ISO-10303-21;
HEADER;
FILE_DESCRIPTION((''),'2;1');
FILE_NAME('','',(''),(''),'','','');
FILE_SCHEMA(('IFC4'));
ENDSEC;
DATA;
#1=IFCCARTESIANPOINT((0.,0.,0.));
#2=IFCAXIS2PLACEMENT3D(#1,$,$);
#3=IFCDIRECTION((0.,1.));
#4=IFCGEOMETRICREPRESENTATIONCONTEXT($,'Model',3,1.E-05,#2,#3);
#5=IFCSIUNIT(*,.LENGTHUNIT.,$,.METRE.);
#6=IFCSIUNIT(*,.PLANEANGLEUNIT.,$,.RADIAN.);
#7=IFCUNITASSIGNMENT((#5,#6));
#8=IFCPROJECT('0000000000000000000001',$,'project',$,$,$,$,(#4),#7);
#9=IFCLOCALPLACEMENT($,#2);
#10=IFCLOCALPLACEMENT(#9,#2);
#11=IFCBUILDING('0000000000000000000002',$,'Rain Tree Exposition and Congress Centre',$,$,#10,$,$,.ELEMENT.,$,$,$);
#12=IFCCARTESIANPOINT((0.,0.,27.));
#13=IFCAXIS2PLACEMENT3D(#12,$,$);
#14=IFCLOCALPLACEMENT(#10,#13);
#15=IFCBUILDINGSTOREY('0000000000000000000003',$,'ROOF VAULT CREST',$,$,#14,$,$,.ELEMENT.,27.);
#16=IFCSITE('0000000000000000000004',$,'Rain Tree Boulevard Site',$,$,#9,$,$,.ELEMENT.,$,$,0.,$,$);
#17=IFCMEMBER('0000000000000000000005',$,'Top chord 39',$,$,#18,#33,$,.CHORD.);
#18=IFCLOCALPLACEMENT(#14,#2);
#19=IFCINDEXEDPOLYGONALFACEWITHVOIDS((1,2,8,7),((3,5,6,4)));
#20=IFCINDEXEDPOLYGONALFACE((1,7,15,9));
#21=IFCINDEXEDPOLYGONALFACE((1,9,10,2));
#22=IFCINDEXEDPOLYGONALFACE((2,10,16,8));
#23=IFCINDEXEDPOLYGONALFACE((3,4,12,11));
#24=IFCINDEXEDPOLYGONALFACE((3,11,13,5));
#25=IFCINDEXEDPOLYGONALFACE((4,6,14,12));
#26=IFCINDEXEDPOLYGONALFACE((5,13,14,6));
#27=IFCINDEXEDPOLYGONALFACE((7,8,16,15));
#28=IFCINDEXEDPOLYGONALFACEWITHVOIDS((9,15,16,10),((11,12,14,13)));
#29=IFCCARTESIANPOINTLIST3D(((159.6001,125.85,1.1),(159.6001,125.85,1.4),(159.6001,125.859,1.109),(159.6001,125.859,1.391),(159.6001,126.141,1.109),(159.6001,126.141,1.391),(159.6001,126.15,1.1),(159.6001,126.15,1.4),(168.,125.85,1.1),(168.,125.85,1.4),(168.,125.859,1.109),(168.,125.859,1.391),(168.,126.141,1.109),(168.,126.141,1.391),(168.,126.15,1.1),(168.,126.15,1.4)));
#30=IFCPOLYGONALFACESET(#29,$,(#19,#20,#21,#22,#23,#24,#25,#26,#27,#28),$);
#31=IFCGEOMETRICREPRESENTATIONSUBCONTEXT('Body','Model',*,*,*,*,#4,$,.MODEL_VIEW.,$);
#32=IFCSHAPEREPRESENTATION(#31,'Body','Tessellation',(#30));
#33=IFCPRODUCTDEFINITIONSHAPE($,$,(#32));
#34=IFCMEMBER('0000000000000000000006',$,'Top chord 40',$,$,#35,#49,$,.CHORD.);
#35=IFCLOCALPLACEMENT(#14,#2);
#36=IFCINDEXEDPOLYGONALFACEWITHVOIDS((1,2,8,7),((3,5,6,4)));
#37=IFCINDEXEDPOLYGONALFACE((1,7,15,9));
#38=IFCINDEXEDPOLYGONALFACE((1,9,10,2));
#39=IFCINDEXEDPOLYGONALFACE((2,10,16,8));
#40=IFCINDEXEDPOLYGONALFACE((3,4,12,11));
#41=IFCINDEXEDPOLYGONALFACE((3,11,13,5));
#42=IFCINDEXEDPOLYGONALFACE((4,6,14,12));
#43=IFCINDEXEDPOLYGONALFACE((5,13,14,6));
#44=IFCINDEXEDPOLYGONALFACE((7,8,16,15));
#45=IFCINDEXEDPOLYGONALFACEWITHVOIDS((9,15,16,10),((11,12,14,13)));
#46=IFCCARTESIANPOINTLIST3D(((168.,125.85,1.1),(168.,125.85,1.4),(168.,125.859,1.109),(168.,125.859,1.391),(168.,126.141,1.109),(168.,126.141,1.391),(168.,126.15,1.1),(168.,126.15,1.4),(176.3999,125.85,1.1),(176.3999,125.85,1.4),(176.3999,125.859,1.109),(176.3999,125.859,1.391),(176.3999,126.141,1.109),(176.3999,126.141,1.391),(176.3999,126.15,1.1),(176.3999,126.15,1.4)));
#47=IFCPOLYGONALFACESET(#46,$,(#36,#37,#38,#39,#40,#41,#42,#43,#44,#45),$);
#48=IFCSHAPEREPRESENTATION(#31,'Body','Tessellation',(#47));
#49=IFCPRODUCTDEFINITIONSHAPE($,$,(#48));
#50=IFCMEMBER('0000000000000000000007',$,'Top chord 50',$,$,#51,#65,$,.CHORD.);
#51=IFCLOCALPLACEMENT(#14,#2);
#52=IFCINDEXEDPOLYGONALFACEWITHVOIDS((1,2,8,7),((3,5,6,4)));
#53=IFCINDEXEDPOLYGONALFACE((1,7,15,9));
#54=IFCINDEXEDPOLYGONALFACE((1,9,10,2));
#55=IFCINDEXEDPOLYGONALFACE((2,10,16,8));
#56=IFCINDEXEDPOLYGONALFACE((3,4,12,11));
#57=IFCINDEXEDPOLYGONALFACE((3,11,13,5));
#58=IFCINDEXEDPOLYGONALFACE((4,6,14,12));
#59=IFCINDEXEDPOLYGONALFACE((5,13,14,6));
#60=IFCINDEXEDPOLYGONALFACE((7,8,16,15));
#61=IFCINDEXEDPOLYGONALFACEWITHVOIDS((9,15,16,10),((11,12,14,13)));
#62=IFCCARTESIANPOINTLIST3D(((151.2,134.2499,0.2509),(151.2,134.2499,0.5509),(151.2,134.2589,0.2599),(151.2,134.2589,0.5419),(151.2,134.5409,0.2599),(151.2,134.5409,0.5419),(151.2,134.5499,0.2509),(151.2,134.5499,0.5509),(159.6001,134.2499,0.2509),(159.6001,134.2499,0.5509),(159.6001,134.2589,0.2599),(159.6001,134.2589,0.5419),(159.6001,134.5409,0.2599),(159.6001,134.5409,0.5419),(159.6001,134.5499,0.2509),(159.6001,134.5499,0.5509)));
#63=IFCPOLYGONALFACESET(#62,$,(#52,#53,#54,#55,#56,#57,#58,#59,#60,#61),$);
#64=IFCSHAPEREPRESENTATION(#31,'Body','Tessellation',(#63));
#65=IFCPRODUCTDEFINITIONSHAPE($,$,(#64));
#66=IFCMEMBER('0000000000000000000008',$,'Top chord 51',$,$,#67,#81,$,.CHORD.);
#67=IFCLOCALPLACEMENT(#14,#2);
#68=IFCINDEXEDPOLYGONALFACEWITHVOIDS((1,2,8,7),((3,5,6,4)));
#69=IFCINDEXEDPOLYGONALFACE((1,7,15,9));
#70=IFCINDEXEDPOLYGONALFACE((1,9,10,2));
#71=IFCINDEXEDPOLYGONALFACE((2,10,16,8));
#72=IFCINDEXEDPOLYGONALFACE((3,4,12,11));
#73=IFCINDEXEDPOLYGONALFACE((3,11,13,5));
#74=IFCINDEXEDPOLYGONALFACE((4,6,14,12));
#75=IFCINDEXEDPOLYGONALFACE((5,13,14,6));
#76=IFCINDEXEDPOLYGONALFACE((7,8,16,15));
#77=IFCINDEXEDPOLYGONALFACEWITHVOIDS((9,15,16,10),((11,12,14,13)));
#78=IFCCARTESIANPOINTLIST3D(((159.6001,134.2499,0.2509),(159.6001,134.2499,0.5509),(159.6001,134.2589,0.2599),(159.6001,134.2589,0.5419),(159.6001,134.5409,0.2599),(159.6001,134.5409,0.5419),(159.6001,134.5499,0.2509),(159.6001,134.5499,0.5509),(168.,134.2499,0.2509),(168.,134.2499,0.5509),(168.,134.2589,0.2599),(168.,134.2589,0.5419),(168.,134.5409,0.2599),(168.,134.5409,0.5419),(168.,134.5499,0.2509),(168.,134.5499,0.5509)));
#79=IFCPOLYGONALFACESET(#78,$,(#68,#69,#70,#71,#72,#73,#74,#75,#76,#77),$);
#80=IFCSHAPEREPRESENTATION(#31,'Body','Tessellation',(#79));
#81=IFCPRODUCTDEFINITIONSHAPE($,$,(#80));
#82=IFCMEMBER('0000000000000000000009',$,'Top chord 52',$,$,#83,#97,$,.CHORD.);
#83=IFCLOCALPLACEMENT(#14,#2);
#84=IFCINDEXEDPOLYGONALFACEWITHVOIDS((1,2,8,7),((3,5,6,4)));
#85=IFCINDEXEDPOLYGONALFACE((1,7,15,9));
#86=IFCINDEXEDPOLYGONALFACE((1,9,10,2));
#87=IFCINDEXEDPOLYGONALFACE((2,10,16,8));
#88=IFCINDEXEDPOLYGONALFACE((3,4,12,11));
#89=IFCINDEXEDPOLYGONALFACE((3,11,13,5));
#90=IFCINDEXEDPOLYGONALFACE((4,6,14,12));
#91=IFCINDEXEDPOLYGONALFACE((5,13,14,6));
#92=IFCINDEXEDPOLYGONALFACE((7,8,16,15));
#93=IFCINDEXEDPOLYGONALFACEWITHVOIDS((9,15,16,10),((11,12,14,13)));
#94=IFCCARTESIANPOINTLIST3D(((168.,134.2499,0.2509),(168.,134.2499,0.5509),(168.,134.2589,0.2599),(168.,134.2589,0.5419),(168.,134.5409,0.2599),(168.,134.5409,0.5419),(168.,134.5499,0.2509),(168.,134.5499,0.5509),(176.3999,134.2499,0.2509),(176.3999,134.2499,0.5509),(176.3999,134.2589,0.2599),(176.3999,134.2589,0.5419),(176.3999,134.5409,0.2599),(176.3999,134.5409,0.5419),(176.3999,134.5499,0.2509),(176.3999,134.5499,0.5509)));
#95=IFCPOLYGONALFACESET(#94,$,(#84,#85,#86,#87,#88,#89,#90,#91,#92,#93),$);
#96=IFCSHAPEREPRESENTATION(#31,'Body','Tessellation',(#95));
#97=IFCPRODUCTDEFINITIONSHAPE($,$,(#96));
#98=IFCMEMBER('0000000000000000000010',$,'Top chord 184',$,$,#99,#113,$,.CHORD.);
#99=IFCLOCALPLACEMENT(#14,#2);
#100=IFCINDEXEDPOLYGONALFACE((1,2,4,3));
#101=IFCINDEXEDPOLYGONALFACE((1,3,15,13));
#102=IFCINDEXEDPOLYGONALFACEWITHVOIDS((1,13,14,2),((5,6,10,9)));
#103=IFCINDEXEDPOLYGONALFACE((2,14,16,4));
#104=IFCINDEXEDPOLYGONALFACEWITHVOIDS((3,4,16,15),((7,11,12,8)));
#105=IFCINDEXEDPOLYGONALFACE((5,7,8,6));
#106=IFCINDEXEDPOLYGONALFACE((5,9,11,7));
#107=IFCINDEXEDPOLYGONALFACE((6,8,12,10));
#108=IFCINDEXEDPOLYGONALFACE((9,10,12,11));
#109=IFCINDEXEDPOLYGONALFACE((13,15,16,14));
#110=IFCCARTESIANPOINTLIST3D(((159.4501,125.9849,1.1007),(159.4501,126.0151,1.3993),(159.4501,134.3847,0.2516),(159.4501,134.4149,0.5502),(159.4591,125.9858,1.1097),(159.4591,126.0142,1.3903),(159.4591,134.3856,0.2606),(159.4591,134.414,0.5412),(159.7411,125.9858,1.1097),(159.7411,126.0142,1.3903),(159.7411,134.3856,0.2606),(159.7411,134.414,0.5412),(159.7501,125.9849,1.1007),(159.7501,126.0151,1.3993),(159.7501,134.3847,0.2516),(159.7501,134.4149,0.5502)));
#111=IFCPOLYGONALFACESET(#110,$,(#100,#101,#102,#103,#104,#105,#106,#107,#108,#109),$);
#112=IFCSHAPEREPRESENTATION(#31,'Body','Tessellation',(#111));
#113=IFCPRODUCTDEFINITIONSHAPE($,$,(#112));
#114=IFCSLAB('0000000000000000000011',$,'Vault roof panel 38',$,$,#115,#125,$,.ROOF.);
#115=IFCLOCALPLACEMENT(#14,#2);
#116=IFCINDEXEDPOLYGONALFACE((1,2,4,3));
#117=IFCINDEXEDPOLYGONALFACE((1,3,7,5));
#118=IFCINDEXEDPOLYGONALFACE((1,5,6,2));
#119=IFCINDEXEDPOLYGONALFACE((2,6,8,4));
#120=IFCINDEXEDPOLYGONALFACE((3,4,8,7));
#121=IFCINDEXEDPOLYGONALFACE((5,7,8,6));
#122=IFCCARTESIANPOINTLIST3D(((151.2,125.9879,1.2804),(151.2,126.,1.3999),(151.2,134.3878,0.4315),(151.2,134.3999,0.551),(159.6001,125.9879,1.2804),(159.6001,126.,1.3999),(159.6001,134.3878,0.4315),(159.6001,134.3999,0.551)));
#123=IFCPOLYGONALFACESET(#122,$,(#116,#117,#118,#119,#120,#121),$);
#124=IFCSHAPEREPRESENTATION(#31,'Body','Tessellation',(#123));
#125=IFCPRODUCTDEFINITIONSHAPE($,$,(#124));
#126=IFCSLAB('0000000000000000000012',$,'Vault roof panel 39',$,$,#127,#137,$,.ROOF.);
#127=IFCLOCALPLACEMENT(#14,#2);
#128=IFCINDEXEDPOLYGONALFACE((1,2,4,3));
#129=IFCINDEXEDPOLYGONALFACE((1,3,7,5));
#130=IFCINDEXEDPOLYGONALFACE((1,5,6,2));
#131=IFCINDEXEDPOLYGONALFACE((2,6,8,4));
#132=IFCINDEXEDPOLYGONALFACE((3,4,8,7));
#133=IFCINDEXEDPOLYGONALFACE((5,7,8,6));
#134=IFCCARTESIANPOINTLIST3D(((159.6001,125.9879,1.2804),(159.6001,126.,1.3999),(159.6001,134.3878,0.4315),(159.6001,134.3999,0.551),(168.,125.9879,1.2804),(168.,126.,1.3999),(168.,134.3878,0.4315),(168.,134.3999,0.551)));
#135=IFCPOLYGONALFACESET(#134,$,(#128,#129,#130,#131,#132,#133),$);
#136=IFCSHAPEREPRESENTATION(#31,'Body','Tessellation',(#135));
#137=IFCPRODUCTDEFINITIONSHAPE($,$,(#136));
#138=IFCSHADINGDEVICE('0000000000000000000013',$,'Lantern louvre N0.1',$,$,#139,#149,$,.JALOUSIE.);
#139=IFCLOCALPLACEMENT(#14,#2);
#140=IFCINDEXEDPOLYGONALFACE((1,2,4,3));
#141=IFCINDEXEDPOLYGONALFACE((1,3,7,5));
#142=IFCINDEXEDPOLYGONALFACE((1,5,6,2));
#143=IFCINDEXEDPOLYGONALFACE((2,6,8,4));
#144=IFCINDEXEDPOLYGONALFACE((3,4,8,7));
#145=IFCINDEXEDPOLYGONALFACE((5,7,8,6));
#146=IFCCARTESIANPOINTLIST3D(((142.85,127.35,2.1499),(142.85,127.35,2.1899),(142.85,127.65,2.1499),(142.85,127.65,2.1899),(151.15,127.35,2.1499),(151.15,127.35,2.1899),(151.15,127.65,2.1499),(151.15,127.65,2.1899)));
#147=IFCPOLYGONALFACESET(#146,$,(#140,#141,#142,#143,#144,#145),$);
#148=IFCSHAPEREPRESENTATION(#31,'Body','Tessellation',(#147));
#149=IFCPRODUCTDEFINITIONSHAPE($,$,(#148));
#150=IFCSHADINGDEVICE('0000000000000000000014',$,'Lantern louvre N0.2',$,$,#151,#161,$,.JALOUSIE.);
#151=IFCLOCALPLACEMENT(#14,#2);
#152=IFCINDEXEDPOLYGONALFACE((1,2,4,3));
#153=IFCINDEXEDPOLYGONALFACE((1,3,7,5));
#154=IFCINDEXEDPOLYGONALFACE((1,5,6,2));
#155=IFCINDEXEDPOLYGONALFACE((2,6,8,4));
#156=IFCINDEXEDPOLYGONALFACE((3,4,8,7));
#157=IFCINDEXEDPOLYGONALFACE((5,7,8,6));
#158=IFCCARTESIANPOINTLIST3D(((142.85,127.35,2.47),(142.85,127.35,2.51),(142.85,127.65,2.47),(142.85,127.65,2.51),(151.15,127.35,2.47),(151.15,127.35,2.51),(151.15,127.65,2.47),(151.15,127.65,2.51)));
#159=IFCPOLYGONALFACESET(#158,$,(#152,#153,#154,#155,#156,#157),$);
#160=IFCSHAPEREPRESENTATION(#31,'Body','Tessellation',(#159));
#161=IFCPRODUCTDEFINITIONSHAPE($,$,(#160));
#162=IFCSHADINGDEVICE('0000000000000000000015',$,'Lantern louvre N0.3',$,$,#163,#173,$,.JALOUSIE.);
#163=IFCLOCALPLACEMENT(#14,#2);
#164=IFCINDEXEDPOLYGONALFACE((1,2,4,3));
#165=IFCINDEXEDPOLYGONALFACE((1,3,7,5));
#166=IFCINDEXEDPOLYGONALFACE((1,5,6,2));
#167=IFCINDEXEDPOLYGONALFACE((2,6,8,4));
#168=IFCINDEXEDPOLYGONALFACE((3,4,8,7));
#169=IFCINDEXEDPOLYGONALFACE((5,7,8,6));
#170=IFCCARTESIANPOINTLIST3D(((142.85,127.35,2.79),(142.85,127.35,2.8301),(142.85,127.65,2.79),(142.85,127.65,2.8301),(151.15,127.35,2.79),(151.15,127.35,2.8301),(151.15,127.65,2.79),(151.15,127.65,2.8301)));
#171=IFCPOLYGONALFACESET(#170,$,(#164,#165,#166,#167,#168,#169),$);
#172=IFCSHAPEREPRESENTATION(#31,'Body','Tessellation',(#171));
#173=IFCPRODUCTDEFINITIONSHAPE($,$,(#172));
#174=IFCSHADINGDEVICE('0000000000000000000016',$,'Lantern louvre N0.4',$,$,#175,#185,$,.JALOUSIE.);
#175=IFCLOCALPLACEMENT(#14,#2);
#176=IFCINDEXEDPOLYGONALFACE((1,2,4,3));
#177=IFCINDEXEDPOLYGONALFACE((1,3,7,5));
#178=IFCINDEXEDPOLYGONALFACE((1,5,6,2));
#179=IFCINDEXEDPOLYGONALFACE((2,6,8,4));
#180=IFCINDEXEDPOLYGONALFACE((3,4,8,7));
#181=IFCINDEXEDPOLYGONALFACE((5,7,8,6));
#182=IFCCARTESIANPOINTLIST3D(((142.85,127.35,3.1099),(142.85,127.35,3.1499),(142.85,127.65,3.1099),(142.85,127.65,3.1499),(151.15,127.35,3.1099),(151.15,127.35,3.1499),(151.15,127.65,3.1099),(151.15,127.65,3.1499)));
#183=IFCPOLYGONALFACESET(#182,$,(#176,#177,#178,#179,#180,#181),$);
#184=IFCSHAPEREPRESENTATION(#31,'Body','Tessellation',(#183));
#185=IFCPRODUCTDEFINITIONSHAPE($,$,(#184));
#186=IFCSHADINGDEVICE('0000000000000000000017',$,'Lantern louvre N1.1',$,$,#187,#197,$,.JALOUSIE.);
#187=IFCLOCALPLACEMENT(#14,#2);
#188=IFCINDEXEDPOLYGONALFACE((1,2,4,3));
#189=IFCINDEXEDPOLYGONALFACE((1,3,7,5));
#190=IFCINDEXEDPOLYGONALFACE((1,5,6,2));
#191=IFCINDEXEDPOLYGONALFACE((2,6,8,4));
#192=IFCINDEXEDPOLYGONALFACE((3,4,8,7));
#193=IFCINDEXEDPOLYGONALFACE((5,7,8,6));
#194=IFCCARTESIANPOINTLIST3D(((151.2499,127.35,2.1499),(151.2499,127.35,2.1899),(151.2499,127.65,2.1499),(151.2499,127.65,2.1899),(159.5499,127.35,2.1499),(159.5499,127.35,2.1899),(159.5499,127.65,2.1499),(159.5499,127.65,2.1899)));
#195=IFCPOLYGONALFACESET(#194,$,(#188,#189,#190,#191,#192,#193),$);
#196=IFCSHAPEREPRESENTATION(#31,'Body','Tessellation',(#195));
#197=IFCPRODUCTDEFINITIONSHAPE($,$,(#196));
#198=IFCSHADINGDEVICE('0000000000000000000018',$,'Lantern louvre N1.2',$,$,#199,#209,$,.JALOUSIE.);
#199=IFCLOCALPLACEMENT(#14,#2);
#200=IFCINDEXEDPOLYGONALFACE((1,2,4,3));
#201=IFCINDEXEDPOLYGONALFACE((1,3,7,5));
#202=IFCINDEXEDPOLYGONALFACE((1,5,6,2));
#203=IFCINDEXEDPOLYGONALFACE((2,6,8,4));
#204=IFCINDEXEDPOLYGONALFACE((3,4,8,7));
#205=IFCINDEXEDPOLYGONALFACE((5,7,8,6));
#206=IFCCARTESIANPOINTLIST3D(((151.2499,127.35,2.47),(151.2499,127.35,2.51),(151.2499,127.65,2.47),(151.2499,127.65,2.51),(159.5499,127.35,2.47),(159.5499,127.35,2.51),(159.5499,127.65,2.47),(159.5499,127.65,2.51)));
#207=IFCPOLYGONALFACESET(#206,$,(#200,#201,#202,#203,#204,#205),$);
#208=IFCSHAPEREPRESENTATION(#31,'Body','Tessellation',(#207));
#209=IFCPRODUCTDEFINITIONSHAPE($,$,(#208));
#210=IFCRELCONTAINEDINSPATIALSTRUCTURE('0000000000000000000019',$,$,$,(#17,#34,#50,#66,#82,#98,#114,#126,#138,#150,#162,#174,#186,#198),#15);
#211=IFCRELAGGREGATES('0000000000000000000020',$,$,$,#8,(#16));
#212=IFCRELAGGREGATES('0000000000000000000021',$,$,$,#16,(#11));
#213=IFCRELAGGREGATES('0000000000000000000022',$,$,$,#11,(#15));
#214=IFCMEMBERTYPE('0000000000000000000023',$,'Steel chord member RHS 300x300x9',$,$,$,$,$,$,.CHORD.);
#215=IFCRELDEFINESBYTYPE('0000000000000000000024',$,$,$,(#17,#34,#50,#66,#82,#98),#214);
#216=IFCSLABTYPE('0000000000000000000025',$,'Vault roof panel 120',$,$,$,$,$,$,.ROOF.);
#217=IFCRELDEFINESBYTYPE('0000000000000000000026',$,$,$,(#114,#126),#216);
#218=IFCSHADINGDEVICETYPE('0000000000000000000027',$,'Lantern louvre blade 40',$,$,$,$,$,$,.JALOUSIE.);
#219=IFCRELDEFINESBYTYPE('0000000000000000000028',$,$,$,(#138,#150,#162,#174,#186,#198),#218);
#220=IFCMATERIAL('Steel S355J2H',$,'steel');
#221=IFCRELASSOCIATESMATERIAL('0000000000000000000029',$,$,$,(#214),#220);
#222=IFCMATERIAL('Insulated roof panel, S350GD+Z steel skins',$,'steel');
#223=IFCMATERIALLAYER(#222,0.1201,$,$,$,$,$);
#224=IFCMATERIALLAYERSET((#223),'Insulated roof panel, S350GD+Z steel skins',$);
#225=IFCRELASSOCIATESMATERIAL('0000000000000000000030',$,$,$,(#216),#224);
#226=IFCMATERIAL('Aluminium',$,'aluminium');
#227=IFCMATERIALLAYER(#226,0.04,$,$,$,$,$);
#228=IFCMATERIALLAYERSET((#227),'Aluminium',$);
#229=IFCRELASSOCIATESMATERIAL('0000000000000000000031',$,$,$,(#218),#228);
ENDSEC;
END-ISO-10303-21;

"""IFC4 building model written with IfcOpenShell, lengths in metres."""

from ifc_helpers import new_model, si_unit, direction, frame, origin, origin_2d, place, context, subcontext, project, spatial, polyline, rectangle, hollow_rectangle, outline, extrude, material, layer, layer_set, material_profile, profile_set, type_object, element, save


model = new_model("IFC4")

# Units and contexts
model_context = context("Model", 3, precision=1e-05, world=origin(), true_north=direction((0.0, 1.0)))
body_context = subcontext(model_context, "Body", "Model", "MODEL_VIEW")
ifc_project = project(units=[si_unit("LENGTHUNIT", "METRE"), si_unit("PLANEANGLEUNIT", "RADIAN")], contexts=[model_context])

# Site, building, storey
site_placement = place(None, origin())
site = spatial("IfcSite", under=ifc_project, at=site_placement, Name="Rain Tree Boulevard Site", CompositionType="ELEMENT", RefElevation=0.0)
building_placement = place(site_placement, origin())
building = spatial("IfcBuilding", under=site, at=building_placement, Name="Rain Tree Exposition and Congress Centre", CompositionType="ELEMENT")
storey_placement = place(building_placement, frame((0.0, 0.0, 27.0)))
storey = spatial("IfcBuildingStorey", under=building, at=storey_placement, Name="ROOF VAULT CREST", CompositionType="ELEMENT", Elevation=27.0)

# Members
ifc_material_1 = material(Name="Steel S355J2H", Category="steel")
ifc_material_profile_1 = material_profile(ifc_material_1, hollow_rectangle(XDim=0.3, YDim=0.3, WallThickness=0.009, at=origin_2d()), Name="RHS 300x300x9")
ifc_profile_set_1 = profile_set([ifc_material_profile_1], Name="Steel S355J2H")
member_type = type_object("IfcMemberType", Name="Steel chord member RHS 300x300x9", PredefinedType="CHORD", material=ifc_profile_set_1)
for number, where, z_axis, x_axis, name in (
    (1, (159.6001, 126.0, 1.25), (1.0, 0.0, 0.0), (0.0, 1.0, 0.0), "Top chord 39"),
    (2, (168.0, 126.0, 1.25), (1.0, 0.0, 0.0), (0.0, 1.0, 0.0), "Top chord 40"),
):
    element("IfcMember", number, at=place(storey_placement, frame(where, z_axis=z_axis, x_axis=x_axis)), inside=storey, type_object=member_type, Name=name, PredefinedType="CHORD", context=body_context, shape_type="SweptSolid", body=[
        extrude(hollow_rectangle(XDim=0.3, YDim=0.3, WallThickness=0.009, at=origin_2d()), origin(), (0.0, 0.0, 1.0), 8.3999),
    ])
member_1_placement = place(storey_placement, frame((151.2, 134.3999, 0.4009), z_axis=(1.0, 0.0, 0.0), x_axis=(0.0, 1.0, 0.0)))
element("IfcMember", 3, at=member_1_placement, inside=storey, type_object=member_type, Name="Top chord 50", PredefinedType="CHORD", context=body_context, shape_type="SweptSolid", body=[
    extrude(hollow_rectangle(XDim=0.3, YDim=0.3, WallThickness=0.009, at=origin_2d()), origin(), (0.0, 0.0, 1.0), 8.4001),
])
for number, where, z_axis, x_axis, name in (
    (4, (159.6001, 134.3999, 0.4009), (1.0, 0.0, 0.0), (0.0, 1.0, 0.0), "Top chord 51"),
    (5, (168.0, 134.3999, 0.4009), (1.0, 0.0, 0.0), (0.0, 1.0, 0.0), "Top chord 52"),
):
    element("IfcMember", number, at=place(storey_placement, frame(where, z_axis=z_axis, x_axis=x_axis)), inside=storey, type_object=member_type, Name=name, PredefinedType="CHORD", context=body_context, shape_type="SweptSolid", body=[
        extrude(hollow_rectangle(XDim=0.3, YDim=0.3, WallThickness=0.009, at=origin_2d()), origin(), (0.0, 0.0, 1.0), 8.3999),
    ])
member_2_placement = place(storey_placement, frame((159.6001, 126.0, 1.25), z_axis=(0.0, 0.99493, -0.100574), x_axis=(-1.0, 0.0, 0.0)))
element("IfcMember", 6, at=member_2_placement, inside=storey, type_object=member_type, Name="Top chord 184", PredefinedType="CHORD", context=body_context, shape_type="SweptSolid", body=[
    extrude(hollow_rectangle(XDim=0.3, YDim=0.3, WallThickness=0.009, at=origin_2d()), origin(), (0.0, 0.0, 1.0), 8.4426),
])

# Slabs
ifc_material_2 = material(Name="Insulated roof panel, S350GD+Z steel skins", Category="steel")
ifc_layer_1 = layer(ifc_material_2, 0.1201)
ifc_layer_set_1 = layer_set([ifc_layer_1], Name="Insulated roof panel, S350GD+Z steel skins")
slab_type = type_object("IfcSlabType", Name="Vault roof panel 120", PredefinedType="ROOF", material=ifc_layer_set_1)
slab_1_placement = place(storey_placement, frame((151.2, 126.0, 1.3999), z_axis=(0.0, 0.100546, 0.994932), x_axis=(1.0, 0.0, 0.0)))
element("IfcSlab", 7, at=slab_1_placement, inside=storey, type_object=slab_type, Name="Vault roof panel 38", PredefinedType="ROOF", context=body_context, shape_type="SweptSolid", body=[
    extrude(outline(polyline([(0.0, 0.0), (8.4001, 0.0), (8.4001, 8.4427), (0.0, 8.4427), (0.0, 0.0)])), origin(), (0.0, 0.0, -1.0), 0.1201),
])
slab_2_placement = place(storey_placement, frame((159.6001, 126.0, 1.3999), z_axis=(0.0, 0.100546, 0.994932), x_axis=(1.0, 0.0, 0.0)))
element("IfcSlab", 8, at=slab_2_placement, inside=storey, type_object=slab_type, Name="Vault roof panel 39", PredefinedType="ROOF", context=body_context, shape_type="SweptSolid", body=[
    extrude(outline(polyline([(0.0, 0.0), (8.3999, 0.0), (8.3999, 8.4427), (0.0, 8.4427), (0.0, 0.0)])), origin(), (0.0, 0.0, -1.0), 0.1201),
])

# Shading devices
ifc_material_3 = material(Name="Aluminium", Category="aluminium")
ifc_layer_2 = layer(ifc_material_3, 0.04)
ifc_layer_set_2 = layer_set([ifc_layer_2], Name="Aluminium")
shading_device_type = type_object("IfcShadingDeviceType", Name="Lantern louvre blade 40", PredefinedType="JALOUSIE", material=ifc_layer_set_2)
for number, where, z_axis, x_axis, name in (
    (9, (147.0, 127.5, 2.1499), (0.0, 0.0, 1.0), (1.0, 0.0, 0.0), "Lantern louvre N0.1"),
    (10, (147.0, 127.5, 2.47), (0.0, 0.0, 1.0), (1.0, 0.0, 0.0), "Lantern louvre N0.2"),
    (11, (147.0, 127.5, 2.79), (0.0, 0.0, 1.0), (1.0, 0.0, 0.0), "Lantern louvre N0.3"),
    (12, (147.0, 127.5, 3.1099), (0.0, 0.0, 1.0), (1.0, 0.0, 0.0), "Lantern louvre N0.4"),
    (13, (155.3999, 127.5, 2.1499), (0.0, 0.0, 1.0), (1.0, 0.0, 0.0), "Lantern louvre N1.1"),
    (14, (155.3999, 127.5, 2.47), (0.0, 0.0, 1.0), (1.0, 0.0, 0.0), "Lantern louvre N1.2"),
):
    element("IfcShadingDevice", number, at=place(storey_placement, frame(where, z_axis=z_axis, x_axis=x_axis)), inside=storey, type_object=shading_device_type, Name=name, PredefinedType="JALOUSIE", context=body_context, shape_type="SweptSolid", body=[
        extrude(rectangle(XDim=8.3, YDim=0.3, at=origin_2d()), origin(), (0.0, 0.0, 1.0), 0.04),
    ])

save(model, "model.ifc")
